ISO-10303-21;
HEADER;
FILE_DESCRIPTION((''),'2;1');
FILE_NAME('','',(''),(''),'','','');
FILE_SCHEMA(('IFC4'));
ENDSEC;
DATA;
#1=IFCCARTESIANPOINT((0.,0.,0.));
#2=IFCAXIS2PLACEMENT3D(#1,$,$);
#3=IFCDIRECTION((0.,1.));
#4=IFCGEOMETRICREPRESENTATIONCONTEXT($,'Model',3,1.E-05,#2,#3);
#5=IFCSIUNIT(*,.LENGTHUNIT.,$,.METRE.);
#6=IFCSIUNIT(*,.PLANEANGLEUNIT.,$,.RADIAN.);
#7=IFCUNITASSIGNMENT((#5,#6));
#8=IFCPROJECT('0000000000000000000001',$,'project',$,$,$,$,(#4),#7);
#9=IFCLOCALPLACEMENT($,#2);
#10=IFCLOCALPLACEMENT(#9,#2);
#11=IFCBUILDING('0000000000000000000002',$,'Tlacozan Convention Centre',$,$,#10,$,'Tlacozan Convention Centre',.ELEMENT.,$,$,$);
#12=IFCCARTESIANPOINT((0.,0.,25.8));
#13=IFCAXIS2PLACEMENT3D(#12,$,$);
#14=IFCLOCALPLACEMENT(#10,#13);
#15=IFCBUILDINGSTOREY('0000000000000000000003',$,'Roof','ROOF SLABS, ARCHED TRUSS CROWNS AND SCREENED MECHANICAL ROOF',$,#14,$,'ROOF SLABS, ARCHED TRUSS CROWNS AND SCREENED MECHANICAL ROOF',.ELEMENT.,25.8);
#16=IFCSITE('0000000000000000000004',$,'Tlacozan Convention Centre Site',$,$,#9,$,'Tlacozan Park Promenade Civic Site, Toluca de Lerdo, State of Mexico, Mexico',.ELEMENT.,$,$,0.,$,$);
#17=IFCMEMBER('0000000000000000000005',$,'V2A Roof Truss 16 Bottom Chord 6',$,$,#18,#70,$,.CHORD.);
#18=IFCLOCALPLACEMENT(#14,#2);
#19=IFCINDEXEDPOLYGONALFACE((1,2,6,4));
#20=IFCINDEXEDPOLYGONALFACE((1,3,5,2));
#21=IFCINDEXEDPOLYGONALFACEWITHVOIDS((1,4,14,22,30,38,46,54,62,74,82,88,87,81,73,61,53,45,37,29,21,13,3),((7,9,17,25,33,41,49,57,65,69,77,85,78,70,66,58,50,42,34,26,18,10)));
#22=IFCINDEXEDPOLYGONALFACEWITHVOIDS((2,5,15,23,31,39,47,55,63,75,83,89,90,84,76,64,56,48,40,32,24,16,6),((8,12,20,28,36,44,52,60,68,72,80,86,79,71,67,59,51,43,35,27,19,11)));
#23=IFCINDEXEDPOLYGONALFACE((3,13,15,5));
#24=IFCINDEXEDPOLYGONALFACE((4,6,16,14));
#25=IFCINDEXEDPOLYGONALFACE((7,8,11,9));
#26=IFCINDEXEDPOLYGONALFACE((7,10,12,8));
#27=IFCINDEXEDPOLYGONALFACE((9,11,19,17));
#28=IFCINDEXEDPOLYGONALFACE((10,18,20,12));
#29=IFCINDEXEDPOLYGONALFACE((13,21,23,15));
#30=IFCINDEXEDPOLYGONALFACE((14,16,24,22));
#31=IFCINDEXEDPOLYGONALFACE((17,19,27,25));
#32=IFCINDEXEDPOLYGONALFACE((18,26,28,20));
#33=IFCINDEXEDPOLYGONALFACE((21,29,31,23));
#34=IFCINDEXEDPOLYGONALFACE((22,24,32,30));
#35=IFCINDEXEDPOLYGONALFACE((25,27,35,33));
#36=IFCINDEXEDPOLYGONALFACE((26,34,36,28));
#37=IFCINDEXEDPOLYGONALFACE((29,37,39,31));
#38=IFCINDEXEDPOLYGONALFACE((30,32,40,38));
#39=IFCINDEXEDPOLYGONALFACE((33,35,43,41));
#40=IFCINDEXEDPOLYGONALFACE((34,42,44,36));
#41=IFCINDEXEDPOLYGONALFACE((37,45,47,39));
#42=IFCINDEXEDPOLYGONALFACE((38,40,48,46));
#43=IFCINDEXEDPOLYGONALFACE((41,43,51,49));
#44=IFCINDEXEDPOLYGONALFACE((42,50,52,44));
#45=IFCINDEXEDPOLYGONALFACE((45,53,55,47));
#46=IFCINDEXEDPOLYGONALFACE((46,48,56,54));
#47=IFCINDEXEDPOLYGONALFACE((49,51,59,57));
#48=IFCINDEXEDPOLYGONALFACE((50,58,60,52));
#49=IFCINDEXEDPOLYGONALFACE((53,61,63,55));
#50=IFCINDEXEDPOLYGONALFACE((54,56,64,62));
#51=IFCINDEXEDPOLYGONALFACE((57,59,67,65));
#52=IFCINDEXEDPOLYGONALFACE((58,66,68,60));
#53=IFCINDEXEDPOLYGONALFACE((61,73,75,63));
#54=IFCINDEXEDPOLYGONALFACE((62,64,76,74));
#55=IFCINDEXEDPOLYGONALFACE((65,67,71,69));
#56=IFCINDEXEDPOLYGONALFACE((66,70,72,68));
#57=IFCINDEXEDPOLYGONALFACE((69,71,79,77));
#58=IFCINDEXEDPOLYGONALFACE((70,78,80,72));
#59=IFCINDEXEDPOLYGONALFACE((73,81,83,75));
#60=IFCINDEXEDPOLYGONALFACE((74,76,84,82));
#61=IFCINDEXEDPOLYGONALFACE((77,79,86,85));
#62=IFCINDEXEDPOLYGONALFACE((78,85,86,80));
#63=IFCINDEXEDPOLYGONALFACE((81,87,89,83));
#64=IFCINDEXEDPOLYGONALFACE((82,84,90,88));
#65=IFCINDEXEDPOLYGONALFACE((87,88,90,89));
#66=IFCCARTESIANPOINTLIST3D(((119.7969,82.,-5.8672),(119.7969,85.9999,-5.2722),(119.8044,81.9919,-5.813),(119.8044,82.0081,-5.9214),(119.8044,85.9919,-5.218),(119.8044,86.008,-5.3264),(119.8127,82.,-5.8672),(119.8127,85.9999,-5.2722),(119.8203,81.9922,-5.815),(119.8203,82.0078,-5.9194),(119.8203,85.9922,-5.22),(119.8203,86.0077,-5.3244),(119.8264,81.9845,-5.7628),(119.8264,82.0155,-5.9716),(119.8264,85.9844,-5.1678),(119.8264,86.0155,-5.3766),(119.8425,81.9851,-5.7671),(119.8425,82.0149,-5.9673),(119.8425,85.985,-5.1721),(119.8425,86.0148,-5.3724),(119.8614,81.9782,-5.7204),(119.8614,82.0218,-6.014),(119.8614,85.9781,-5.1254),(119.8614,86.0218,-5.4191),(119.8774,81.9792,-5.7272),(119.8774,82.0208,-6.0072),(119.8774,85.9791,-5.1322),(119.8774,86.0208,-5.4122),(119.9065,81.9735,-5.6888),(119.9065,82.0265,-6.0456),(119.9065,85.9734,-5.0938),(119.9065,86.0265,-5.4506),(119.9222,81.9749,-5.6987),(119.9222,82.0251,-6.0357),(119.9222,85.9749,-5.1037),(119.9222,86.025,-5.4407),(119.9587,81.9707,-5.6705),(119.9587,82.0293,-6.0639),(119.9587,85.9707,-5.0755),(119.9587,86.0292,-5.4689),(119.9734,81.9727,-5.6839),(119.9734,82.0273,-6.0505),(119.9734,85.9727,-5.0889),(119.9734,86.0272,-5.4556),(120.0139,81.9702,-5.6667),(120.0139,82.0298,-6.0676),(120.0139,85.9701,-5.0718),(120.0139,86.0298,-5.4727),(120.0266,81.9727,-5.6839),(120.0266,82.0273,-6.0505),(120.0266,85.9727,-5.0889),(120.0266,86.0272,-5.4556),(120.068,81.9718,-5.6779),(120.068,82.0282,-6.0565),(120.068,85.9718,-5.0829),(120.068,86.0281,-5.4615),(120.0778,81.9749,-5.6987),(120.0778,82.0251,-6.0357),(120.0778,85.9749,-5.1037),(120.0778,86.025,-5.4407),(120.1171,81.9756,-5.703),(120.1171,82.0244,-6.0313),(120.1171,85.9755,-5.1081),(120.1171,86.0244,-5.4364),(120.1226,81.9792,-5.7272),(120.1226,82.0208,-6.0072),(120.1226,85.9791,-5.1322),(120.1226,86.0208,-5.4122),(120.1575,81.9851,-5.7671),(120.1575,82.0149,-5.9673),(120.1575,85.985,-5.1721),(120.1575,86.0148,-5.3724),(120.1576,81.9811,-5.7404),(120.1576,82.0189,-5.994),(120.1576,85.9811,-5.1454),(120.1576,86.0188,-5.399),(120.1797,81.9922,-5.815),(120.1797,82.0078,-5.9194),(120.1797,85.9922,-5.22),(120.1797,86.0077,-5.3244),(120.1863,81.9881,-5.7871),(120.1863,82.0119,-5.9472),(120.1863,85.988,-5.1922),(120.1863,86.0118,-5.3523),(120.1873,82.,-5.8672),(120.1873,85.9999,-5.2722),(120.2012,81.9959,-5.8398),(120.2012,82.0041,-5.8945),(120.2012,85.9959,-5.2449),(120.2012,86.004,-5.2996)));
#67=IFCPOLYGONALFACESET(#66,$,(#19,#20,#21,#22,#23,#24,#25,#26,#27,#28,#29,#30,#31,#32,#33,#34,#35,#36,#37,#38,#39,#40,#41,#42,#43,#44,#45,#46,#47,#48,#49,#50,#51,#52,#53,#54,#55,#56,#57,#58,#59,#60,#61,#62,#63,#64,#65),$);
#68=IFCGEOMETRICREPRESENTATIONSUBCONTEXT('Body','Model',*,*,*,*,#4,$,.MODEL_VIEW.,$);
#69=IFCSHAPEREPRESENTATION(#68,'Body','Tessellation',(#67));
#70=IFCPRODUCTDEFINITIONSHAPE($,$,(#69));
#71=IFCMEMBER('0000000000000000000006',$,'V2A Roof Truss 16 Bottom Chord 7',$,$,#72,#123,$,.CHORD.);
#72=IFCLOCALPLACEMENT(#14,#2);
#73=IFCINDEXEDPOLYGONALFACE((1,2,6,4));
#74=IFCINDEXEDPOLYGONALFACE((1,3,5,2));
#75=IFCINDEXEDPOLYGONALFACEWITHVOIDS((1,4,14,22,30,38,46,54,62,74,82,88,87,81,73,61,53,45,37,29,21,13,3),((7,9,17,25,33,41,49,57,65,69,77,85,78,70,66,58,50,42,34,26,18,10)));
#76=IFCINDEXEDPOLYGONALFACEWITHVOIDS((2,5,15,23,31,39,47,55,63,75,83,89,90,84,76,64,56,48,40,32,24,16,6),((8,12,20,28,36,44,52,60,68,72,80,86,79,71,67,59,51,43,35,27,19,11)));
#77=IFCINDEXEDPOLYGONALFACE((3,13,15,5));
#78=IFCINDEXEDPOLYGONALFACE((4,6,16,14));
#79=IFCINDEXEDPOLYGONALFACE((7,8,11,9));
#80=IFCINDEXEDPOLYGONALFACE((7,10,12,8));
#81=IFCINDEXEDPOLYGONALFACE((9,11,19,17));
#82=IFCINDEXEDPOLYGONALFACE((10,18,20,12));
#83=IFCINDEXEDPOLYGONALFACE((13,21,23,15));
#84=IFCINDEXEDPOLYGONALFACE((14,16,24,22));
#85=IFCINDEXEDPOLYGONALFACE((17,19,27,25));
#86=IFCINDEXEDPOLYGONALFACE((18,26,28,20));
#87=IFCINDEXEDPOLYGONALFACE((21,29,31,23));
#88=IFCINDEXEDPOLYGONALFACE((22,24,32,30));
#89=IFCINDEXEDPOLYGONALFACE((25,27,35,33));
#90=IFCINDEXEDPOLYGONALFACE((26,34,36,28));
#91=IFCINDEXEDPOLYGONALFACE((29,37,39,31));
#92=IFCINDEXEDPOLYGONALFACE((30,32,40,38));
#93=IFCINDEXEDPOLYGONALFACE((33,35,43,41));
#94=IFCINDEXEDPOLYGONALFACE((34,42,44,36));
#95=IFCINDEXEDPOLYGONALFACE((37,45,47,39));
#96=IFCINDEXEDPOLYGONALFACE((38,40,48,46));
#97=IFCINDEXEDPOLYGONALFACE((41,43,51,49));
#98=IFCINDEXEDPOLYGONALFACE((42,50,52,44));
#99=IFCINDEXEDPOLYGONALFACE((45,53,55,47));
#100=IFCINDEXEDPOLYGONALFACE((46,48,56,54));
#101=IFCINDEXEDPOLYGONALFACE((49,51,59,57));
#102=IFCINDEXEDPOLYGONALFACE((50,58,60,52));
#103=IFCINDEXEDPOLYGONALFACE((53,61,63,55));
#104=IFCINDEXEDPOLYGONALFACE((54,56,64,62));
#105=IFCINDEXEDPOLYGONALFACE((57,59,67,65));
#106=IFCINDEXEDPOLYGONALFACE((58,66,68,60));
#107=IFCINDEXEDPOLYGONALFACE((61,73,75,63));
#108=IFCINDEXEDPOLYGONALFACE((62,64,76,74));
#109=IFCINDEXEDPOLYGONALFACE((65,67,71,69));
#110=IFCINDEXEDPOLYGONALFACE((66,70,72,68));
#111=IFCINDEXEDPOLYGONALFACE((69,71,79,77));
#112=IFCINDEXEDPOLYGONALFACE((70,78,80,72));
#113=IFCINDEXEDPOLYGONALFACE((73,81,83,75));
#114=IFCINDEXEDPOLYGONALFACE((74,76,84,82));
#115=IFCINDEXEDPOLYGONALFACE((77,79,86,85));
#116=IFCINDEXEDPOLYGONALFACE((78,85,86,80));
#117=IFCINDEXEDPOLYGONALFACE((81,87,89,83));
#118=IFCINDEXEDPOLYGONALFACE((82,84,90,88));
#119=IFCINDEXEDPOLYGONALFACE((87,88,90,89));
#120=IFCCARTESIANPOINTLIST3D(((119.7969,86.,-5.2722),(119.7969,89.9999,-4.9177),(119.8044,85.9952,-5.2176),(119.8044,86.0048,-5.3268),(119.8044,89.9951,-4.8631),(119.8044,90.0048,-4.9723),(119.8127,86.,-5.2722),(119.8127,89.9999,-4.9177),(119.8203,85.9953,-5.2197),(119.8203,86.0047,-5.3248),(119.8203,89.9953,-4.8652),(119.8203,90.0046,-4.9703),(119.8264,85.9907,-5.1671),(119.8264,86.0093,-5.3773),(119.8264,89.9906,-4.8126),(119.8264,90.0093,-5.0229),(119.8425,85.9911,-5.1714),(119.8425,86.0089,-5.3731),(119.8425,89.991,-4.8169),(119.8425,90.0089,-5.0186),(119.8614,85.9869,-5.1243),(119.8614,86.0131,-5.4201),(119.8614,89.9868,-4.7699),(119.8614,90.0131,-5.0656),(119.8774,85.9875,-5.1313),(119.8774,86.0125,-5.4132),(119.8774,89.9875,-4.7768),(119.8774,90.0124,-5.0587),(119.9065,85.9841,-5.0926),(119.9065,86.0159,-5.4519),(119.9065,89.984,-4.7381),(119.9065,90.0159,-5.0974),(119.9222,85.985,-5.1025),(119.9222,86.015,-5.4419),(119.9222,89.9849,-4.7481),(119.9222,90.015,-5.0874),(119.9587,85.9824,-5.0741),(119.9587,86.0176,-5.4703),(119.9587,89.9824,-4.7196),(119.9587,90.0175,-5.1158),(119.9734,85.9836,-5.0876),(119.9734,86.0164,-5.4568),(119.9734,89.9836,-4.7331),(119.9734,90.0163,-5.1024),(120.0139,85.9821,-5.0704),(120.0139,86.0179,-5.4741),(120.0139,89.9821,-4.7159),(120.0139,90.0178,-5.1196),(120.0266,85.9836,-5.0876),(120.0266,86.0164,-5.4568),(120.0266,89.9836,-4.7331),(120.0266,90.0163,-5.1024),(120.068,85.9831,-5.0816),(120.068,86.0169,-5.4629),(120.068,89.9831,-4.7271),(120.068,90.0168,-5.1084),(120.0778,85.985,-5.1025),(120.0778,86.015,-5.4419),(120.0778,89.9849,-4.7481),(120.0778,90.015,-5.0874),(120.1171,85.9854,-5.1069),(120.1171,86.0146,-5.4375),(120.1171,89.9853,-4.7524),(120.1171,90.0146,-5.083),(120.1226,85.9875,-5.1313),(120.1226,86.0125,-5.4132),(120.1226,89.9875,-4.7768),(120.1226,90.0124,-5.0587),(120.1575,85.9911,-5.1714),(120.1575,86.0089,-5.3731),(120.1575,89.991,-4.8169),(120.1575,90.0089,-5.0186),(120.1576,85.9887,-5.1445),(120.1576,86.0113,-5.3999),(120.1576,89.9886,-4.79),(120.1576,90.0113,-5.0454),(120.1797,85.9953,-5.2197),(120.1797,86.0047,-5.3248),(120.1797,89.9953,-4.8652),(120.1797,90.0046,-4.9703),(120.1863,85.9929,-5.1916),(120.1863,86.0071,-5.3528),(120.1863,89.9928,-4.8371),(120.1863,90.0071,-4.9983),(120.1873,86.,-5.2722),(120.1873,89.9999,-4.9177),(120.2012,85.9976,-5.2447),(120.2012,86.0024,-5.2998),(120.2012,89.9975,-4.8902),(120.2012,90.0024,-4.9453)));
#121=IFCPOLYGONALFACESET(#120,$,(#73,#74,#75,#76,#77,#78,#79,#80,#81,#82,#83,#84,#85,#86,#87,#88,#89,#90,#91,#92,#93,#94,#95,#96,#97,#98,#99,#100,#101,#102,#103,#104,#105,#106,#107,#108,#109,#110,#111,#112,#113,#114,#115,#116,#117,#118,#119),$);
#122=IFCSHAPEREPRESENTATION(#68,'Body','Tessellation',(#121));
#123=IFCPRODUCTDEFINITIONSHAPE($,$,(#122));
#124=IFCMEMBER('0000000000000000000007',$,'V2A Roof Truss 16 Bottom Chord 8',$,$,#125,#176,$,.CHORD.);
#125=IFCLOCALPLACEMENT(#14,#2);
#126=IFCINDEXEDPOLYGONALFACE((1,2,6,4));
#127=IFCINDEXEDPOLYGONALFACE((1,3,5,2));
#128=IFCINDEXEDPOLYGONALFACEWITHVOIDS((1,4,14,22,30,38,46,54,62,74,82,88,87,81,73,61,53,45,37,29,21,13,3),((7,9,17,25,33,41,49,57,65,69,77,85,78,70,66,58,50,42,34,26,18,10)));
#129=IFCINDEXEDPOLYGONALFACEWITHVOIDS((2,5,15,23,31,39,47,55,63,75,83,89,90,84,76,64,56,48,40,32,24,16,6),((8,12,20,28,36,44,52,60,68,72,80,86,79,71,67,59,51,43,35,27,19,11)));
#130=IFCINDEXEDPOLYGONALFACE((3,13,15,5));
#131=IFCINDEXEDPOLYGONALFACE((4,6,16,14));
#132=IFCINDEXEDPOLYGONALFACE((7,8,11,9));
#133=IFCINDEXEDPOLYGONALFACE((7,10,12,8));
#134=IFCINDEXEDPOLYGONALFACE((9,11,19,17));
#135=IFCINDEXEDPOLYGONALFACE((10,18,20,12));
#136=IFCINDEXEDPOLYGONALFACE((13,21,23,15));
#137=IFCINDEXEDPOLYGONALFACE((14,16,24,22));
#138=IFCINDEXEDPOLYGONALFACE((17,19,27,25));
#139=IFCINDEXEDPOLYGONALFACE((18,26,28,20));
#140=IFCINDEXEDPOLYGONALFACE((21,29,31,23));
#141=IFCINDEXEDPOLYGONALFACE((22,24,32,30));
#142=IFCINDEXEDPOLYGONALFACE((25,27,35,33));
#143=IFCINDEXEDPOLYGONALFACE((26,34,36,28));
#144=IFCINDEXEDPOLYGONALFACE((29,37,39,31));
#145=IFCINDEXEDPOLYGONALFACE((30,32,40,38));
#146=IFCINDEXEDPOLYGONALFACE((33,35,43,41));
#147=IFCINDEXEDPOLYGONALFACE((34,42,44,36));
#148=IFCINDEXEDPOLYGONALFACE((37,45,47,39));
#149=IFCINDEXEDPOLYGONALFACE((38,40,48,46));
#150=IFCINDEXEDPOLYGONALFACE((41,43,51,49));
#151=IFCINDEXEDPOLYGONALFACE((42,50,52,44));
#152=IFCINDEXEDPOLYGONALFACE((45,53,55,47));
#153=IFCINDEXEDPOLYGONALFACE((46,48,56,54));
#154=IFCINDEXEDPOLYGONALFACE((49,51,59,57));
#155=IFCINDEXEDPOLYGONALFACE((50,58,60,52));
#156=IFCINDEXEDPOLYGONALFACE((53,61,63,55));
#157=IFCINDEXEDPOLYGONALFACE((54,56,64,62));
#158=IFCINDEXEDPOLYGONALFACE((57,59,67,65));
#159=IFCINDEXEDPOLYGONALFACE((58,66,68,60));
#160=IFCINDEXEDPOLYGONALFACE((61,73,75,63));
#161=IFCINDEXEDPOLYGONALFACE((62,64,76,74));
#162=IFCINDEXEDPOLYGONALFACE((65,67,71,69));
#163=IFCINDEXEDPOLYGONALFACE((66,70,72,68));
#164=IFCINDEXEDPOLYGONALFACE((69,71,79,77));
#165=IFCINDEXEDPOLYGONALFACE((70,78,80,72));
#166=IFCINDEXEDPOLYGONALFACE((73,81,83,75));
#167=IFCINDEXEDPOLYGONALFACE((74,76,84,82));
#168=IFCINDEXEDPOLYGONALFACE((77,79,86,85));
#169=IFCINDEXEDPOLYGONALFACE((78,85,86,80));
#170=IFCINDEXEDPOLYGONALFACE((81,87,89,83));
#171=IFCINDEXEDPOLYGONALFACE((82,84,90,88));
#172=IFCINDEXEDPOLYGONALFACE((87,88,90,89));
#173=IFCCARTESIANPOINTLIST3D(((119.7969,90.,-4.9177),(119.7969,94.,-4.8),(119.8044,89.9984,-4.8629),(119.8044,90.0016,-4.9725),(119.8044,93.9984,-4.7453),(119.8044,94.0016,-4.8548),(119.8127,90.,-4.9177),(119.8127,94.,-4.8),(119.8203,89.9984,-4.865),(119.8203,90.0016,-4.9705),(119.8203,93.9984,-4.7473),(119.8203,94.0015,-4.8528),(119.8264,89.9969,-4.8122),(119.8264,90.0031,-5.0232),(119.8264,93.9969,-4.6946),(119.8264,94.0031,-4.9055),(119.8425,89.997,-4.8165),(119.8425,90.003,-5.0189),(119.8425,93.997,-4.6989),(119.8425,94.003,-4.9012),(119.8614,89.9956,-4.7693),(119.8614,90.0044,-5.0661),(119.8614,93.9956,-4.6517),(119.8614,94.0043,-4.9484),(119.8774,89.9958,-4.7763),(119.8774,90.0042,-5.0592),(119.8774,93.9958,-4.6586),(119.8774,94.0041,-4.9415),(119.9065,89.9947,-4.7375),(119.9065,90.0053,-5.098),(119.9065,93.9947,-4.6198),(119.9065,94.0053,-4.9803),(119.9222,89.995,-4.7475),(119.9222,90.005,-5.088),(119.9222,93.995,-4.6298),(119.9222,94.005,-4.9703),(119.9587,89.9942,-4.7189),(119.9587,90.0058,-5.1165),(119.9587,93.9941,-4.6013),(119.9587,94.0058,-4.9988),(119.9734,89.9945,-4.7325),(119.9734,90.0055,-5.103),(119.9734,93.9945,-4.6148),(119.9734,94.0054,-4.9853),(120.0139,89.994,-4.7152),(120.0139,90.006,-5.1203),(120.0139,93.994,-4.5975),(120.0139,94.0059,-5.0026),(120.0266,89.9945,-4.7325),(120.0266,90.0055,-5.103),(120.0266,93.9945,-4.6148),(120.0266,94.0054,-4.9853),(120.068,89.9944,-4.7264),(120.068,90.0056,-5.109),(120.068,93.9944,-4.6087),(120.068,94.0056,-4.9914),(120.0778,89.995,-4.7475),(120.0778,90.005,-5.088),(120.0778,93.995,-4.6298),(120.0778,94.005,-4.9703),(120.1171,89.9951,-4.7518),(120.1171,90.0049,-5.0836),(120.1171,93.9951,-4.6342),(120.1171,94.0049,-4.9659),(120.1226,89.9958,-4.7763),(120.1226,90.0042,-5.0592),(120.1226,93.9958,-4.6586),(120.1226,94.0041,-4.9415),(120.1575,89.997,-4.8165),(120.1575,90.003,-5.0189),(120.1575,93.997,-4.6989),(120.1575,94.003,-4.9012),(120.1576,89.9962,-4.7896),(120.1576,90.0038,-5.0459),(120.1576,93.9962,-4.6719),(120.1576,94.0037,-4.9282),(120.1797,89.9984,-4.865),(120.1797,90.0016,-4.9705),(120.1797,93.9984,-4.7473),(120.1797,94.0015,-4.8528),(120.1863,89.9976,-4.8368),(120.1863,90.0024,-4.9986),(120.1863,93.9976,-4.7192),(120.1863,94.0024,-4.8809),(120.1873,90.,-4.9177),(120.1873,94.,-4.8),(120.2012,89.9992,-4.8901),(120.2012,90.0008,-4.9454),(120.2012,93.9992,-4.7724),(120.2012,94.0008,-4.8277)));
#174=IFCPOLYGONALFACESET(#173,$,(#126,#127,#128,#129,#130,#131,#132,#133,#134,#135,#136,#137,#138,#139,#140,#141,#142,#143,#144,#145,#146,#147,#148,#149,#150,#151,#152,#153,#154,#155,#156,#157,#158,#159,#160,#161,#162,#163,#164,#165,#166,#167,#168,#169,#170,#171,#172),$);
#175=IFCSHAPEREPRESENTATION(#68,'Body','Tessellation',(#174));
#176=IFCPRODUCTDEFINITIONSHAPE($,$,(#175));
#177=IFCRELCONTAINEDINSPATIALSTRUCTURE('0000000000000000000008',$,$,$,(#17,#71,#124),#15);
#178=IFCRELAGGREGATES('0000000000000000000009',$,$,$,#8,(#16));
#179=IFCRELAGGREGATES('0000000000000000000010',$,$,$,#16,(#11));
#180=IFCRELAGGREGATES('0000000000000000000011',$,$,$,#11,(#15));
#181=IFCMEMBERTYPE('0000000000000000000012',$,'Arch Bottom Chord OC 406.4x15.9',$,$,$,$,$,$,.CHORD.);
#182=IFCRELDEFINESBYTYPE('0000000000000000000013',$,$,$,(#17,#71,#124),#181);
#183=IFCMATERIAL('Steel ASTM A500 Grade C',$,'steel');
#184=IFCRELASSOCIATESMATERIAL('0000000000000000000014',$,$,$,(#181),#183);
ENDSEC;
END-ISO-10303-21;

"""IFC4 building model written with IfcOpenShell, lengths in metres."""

from ifc_helpers import new_model, si_unit, direction, frame, origin, origin_2d, place, context, subcontext, project, spatial, hollow_circle, extrude, material, material_profile, profile_set, type_object, element, save


model = new_model("IFC4")

# Units and contexts
model_context = context("Model", 3, precision=1e-05, world=origin(), true_north=direction((0.0, 1.0)))
body_context = subcontext(model_context, "Body", "Model", "MODEL_VIEW")
ifc_project = project(units=[si_unit("LENGTHUNIT", "METRE"), si_unit("PLANEANGLEUNIT", "RADIAN")], contexts=[model_context])

# Site, building, storey
site_placement = place(None, origin())
site = spatial("IfcSite", under=ifc_project, at=site_placement, Name="Tlacozan Convention Centre Site", LongName="Tlacozan Park Promenade Civic Site, Toluca de Lerdo, State of Mexico, Mexico", CompositionType="ELEMENT", RefElevation=0.0)
building_placement = place(site_placement, origin())
building = spatial("IfcBuilding", under=site, at=building_placement, Name="Tlacozan Convention Centre", LongName="Tlacozan Convention Centre", CompositionType="ELEMENT")
storey_placement = place(building_placement, frame((0.0, 0.0, 25.8)))
storey = spatial("IfcBuildingStorey", under=building, at=storey_placement, Name="Roof", Description="ROOF SLABS, ARCHED TRUSS CROWNS AND SCREENED MECHANICAL ROOF", LongName="ROOF SLABS, ARCHED TRUSS CROWNS AND SCREENED MECHANICAL ROOF", CompositionType="ELEMENT", Elevation=25.8)

# Members
ifc_material_1 = material(Name="Steel ASTM A500 Grade C", Category="steel")
ifc_material_profile_1 = material_profile(ifc_material_1, hollow_circle(Radius=0.2031, WallThickness=0.0159, at=origin_2d()), Name="OC 406.4x15.9")
ifc_profile_set_1 = profile_set([ifc_material_profile_1], Name="Steel ASTM A500 Grade C")
member_type_1 = type_object("IfcMemberType", Name="Arch Bottom Chord OC 406.4x15.9", PredefinedType="CHORD", material=ifc_profile_set_1)
member_1_placement = place(storey_placement, frame((120.0, 82.0, -5.8672), z_axis=(0.0, 0.989118, 0.147124), x_axis=(-1.0, 0.0, 0.0)))
element("IfcMember", 1, at=member_1_placement, inside=storey, type_object=member_type_1, Name="V2A Roof Truss 16 Bottom Chord 6", PredefinedType="CHORD", context=body_context, shape_type="SweptSolid", body=[
    extrude(hollow_circle(Radius=0.2031, WallThickness=0.0159, at=origin_2d()), origin(), (0.0, 0.0, 1.0), 4.0439),
])
member_2_placement = place(storey_placement, frame((120.0, 86.0, -5.2722), z_axis=(0.0, 0.996096, 0.088277), x_axis=(-1.0, 0.0, 0.0)))
element("IfcMember", 2, at=member_2_placement, inside=storey, type_object=member_type_1, Name="V2A Roof Truss 16 Bottom Chord 7", PredefinedType="CHORD", context=body_context, shape_type="SweptSolid", body=[
    extrude(hollow_circle(Radius=0.2031, WallThickness=0.0159, at=origin_2d()), origin(), (0.0, 0.0, 1.0), 4.0156),
])
for number, where, z_axis, x_axis, name in (
    (3, (120.0, 90.0, -4.9177), (0.0, 0.999568, 0.029406), (-1.0, 0.0, 0.0), "V2A Roof Truss 16 Bottom Chord 8"),
):
    element("IfcMember", number, at=place(storey_placement, frame(where, z_axis=z_axis, x_axis=x_axis)), inside=storey, type_object=member_type_1, Name=name, PredefinedType="CHORD", context=body_context, shape_type="SweptSolid", body=[
        extrude(hollow_circle(Radius=0.2031, WallThickness=0.0159, at=origin_2d()), origin(), (0.0, 0.0, 1.0), 4.0017),
    ])

save(model, "model.ifc")
